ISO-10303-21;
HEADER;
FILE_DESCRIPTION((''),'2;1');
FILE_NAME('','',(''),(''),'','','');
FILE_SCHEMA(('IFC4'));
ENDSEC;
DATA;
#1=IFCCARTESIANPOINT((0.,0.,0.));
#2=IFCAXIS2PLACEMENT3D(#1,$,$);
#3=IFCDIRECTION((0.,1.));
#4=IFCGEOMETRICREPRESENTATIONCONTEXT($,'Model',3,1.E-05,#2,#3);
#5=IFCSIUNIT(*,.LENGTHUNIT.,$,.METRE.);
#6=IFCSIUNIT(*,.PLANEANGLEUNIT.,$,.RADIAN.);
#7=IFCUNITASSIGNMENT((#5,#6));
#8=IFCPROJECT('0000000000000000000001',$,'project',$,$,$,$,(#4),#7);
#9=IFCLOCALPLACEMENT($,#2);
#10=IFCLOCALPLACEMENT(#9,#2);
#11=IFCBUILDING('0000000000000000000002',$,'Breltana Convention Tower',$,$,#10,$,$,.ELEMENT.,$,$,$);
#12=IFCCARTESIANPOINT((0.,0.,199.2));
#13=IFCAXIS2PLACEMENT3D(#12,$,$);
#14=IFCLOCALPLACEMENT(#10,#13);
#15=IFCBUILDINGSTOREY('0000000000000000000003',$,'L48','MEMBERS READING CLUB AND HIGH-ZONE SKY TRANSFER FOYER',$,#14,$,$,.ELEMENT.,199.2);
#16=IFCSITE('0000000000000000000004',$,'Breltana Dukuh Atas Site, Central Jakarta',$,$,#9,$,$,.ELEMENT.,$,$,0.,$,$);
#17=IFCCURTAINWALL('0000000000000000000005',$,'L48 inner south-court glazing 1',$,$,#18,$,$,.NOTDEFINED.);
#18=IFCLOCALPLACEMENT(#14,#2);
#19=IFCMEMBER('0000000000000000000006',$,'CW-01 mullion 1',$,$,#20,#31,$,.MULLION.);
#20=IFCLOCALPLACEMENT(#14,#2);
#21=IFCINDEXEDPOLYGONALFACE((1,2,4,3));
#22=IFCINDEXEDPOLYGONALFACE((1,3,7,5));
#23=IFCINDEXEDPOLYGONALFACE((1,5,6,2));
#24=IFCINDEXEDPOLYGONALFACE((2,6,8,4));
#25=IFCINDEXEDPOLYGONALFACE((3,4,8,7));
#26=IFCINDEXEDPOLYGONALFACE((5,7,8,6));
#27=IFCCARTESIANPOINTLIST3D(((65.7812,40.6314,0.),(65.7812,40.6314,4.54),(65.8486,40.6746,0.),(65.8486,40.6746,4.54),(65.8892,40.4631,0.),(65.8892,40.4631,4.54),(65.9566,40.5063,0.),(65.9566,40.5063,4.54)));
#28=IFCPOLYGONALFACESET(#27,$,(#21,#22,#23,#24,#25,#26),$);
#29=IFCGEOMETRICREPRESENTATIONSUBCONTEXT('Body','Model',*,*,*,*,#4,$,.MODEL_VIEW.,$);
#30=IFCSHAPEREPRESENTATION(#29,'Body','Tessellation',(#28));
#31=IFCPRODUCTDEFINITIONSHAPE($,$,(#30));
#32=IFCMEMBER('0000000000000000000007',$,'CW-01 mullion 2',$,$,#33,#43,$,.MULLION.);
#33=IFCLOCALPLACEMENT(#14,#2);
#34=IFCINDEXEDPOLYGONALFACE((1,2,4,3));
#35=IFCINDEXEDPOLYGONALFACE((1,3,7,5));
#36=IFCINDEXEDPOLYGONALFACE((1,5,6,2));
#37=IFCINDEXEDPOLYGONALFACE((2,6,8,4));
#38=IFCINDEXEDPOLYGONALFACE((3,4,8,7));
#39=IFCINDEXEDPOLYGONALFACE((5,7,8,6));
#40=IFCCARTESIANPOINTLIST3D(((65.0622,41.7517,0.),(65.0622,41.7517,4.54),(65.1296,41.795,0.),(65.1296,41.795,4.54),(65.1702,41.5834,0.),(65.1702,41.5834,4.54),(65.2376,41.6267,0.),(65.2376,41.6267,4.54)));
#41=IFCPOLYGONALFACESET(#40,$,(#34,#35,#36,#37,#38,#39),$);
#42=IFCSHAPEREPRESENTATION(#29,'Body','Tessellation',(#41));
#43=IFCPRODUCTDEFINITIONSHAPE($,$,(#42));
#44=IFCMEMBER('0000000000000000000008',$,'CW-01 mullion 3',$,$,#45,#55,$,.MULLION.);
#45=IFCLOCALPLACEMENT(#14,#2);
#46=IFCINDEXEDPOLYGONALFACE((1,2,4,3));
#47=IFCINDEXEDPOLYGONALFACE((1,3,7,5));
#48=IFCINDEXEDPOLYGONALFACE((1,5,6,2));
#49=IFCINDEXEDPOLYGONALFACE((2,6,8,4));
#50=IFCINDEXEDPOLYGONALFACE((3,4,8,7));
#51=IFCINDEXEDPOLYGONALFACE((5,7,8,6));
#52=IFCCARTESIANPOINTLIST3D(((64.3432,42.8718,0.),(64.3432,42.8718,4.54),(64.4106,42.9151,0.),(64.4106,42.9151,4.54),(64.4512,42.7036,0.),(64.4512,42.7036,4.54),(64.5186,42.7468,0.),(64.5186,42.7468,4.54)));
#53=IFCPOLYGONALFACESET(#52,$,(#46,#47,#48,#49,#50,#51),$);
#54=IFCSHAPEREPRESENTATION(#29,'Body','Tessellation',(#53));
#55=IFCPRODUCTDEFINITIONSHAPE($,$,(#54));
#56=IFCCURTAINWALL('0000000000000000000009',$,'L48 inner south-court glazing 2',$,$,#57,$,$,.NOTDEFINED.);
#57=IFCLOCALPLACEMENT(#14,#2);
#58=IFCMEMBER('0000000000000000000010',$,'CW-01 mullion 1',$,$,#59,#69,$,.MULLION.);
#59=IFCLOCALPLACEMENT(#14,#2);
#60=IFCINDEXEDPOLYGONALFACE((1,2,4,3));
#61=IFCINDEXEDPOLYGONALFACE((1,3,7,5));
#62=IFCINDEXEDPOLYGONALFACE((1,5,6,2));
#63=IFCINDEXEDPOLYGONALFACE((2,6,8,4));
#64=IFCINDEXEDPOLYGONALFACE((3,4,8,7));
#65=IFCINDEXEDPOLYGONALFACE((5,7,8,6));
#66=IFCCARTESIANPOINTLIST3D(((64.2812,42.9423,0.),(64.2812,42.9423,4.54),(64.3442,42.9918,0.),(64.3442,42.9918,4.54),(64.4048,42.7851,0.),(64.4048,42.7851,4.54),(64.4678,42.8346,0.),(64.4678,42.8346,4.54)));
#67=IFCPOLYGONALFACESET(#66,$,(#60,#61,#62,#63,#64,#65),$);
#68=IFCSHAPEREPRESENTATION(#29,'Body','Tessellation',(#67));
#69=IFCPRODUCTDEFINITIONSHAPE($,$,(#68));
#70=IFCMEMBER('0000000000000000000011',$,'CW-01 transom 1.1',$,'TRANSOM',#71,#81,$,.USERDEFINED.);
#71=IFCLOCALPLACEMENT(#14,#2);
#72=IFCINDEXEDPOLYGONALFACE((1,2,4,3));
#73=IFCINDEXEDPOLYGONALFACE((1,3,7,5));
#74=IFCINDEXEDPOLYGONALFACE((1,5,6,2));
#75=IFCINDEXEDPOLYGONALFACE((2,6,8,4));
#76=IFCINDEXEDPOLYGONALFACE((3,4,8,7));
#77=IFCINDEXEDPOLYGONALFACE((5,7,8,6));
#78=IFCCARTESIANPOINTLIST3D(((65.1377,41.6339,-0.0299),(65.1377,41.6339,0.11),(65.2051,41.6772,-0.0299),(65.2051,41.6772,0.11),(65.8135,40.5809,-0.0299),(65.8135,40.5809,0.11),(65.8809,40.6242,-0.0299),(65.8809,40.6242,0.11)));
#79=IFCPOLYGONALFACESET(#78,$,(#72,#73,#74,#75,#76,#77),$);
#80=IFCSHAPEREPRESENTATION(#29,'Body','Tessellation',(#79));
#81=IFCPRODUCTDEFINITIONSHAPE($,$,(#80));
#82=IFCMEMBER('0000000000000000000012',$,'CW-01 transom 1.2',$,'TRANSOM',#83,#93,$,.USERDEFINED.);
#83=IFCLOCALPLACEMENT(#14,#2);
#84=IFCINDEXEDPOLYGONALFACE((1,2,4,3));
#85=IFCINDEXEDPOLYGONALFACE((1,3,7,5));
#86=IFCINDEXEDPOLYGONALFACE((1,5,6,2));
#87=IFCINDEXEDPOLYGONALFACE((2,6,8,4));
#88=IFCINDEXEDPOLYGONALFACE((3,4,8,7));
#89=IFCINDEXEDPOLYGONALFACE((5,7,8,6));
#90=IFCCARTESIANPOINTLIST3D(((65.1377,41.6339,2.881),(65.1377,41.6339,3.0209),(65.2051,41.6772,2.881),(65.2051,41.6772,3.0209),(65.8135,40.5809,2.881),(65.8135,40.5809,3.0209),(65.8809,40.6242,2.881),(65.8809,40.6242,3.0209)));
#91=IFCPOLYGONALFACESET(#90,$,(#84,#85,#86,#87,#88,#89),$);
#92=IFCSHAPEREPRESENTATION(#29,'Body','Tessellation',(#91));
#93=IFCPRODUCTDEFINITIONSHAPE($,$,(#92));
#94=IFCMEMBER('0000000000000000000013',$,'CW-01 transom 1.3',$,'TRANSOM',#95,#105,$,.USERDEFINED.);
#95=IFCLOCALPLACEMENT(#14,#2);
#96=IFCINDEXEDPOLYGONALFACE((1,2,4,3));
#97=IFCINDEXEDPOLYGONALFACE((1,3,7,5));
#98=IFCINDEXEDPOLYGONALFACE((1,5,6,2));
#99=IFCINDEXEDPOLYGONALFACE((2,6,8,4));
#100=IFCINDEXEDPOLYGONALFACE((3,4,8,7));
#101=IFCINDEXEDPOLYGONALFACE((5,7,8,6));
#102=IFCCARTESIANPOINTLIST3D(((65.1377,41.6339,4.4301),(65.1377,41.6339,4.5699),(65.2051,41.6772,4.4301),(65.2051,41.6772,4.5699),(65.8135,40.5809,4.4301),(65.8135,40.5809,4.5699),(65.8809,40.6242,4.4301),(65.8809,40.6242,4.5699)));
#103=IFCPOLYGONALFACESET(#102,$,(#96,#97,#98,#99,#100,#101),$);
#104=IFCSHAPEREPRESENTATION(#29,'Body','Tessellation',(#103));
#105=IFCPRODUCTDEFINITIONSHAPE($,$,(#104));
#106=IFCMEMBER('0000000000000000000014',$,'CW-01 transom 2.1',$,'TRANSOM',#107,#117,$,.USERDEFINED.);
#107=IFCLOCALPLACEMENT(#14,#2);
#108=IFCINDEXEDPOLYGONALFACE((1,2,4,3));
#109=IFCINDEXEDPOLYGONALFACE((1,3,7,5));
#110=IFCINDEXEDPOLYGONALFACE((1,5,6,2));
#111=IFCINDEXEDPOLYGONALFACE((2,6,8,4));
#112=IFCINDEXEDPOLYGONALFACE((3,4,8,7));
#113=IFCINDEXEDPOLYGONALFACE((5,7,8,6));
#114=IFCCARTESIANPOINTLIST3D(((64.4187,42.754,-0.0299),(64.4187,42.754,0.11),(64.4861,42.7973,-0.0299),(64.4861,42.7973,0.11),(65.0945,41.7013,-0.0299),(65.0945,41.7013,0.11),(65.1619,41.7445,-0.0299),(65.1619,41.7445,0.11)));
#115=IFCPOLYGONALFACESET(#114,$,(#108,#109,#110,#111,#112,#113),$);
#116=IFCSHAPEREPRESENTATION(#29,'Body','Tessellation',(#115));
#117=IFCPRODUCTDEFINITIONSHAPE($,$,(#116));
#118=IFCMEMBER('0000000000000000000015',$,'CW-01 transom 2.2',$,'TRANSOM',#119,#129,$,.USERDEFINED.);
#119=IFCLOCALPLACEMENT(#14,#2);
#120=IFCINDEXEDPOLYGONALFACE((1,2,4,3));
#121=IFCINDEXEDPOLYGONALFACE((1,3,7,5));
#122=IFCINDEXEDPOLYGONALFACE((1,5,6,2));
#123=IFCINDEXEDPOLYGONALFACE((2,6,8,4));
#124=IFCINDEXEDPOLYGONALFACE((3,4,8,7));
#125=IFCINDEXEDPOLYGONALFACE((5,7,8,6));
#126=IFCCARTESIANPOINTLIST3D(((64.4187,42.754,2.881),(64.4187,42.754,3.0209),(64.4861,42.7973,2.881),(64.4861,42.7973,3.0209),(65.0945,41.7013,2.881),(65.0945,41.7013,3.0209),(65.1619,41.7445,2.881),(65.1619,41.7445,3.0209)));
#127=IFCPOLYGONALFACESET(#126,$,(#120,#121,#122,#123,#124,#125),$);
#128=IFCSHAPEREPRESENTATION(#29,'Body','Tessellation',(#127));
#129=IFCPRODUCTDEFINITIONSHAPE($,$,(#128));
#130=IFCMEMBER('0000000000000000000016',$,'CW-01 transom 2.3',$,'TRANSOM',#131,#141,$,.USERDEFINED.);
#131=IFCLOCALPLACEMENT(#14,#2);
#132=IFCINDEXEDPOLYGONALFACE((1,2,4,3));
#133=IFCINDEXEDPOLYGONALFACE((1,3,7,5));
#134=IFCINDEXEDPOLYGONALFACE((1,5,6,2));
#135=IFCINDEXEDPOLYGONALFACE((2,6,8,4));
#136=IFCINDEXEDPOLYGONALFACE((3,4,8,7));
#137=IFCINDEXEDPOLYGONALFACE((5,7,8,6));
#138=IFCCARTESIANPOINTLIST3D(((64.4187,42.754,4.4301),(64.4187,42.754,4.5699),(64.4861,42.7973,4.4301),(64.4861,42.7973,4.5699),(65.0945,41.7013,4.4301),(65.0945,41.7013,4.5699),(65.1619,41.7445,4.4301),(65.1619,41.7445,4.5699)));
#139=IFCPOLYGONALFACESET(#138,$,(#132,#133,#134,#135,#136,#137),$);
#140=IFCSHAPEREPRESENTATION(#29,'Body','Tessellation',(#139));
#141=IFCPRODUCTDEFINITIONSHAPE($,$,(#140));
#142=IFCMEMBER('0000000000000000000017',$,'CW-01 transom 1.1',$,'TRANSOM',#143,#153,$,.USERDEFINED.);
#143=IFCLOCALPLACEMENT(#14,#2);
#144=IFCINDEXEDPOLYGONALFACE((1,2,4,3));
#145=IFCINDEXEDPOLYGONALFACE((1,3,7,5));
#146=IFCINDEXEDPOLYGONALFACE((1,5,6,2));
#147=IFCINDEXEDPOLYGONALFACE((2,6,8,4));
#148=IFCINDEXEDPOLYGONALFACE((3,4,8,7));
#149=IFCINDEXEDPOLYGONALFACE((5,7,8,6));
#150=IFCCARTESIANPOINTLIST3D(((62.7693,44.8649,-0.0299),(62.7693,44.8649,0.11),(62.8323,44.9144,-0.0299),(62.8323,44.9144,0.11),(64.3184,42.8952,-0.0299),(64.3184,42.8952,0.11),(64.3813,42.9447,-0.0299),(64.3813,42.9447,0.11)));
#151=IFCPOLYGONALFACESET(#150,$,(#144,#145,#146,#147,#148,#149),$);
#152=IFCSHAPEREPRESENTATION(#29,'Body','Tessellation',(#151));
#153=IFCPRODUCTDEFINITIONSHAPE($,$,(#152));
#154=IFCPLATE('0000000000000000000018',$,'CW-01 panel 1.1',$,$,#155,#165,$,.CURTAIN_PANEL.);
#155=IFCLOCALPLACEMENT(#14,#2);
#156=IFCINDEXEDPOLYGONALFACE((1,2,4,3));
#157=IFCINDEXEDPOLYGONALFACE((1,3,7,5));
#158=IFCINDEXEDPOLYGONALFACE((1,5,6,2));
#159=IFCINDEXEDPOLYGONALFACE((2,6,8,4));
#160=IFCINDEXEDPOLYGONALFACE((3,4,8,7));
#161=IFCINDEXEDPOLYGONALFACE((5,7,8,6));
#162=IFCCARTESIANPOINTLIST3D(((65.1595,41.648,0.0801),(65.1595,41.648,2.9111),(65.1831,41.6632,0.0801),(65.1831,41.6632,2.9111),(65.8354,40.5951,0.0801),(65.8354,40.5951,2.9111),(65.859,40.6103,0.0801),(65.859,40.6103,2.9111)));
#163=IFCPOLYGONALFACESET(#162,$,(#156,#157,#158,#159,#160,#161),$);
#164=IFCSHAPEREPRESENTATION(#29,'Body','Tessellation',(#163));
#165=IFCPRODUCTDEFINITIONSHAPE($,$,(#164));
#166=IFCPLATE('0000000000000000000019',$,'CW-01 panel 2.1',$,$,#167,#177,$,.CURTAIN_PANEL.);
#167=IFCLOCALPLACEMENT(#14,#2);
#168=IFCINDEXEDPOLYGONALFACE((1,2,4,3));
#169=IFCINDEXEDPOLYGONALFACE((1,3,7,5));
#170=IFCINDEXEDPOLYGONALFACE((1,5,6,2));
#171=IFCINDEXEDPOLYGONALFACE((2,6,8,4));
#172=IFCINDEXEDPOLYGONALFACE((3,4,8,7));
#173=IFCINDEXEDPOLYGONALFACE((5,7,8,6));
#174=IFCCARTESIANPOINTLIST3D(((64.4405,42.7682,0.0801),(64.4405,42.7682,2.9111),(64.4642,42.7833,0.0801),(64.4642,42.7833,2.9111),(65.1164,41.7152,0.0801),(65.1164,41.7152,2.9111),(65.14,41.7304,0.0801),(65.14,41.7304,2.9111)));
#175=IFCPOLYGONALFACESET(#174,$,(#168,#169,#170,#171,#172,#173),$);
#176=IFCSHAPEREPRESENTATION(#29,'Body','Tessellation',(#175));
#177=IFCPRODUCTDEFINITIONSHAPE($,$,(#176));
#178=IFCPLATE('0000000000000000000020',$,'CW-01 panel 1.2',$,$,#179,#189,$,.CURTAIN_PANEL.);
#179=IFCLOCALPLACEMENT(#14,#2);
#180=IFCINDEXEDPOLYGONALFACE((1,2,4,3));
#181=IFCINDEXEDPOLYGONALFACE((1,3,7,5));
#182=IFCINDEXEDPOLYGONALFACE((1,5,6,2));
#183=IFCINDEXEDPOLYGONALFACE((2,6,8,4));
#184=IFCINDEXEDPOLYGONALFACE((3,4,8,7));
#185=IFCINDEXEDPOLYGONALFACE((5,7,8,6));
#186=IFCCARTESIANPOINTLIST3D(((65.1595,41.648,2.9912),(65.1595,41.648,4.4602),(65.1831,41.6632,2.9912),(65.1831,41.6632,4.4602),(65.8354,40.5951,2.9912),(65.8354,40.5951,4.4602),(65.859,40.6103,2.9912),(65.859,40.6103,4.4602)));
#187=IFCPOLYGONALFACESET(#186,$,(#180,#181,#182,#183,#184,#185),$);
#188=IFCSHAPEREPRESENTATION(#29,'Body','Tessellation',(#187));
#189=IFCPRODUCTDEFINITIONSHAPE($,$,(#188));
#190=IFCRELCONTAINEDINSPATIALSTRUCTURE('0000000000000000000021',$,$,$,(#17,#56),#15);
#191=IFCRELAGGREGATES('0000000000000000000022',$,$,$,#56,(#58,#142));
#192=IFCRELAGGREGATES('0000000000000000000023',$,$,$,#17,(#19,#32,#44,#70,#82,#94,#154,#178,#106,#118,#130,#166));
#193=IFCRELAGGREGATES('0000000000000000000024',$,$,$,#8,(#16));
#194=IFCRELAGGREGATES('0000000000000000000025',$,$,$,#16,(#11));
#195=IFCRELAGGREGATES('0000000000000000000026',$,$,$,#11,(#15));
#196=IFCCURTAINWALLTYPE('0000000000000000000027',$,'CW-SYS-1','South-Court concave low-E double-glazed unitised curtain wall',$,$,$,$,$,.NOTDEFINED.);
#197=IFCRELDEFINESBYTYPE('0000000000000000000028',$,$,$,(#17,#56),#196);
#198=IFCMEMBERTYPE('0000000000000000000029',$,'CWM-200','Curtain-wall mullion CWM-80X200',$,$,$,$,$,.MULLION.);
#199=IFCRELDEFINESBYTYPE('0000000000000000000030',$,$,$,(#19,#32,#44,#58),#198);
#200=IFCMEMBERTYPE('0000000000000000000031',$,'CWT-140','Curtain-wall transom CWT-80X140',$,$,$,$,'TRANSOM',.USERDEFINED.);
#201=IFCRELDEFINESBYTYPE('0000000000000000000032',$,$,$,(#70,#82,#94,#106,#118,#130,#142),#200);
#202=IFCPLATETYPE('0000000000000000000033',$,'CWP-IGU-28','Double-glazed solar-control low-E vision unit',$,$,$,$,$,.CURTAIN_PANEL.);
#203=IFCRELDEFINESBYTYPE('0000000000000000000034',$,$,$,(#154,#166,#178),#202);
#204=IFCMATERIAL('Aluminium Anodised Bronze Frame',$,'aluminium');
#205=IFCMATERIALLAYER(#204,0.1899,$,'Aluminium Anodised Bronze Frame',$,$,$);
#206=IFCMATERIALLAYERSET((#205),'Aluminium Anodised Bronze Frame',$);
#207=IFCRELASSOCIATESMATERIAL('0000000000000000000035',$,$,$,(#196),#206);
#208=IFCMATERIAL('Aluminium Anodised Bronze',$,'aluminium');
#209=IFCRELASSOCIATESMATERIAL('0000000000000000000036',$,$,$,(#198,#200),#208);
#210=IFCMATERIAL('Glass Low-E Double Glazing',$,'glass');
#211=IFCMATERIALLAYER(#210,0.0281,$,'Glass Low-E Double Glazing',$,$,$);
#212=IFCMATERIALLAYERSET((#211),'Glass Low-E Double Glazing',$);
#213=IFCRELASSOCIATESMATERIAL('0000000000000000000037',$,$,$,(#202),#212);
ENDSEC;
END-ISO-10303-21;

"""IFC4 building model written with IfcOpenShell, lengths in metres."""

from ifc_helpers import new_model, si_unit, direction, frame, origin, origin_2d, place, context, subcontext, project, spatial, rectangle, extrude, source, transform, mapped, material, layer, layer_set, material_profile, profile_set, type_object, element, aggregate, save


model = new_model("IFC4")

# Units and contexts
model_context = context("Model", 3, precision=1e-05, world=origin(), true_north=direction((0.0, 1.0)))
body_context = subcontext(model_context, "Body", "Model", "MODEL_VIEW")
ifc_project = project(units=[si_unit("LENGTHUNIT", "METRE"), si_unit("PLANEANGLEUNIT", "RADIAN")], contexts=[model_context])

# Site, building, storey
site_placement = place(None, origin())
site = spatial("IfcSite", under=ifc_project, at=site_placement, Name="Breltana Dukuh Atas Site, Central Jakarta", CompositionType="ELEMENT", RefElevation=0.0)
building_placement = place(site_placement, origin())
building = spatial("IfcBuilding", under=site, at=building_placement, Name="Breltana Convention Tower", CompositionType="ELEMENT")
storey_placement = place(building_placement, frame((0.0, 0.0, 199.2)))
storey = spatial("IfcBuildingStorey", under=building, at=storey_placement, Name="L48", Description="MEMBERS READING CLUB AND HIGH-ZONE SKY TRANSFER FOYER", CompositionType="ELEMENT", Elevation=199.2)

# Curtain wall, members
ifc_material_1 = material(Name="Aluminium Anodised Bronze Frame", Category="aluminium")
ifc_layer_1 = layer(ifc_material_1, 0.1899, Name="Aluminium Anodised Bronze Frame")
ifc_layer_set_1 = layer_set([ifc_layer_1], Name="Aluminium Anodised Bronze Frame")
curtain_wall_type = type_object("IfcCurtainWallType", Name="CW-SYS-1", Description="South-Court concave low-E double-glazed unitised curtain wall", PredefinedType="NOTDEFINED", material=ifc_layer_set_1)
curtain_wall_1_placement = place(storey_placement, origin())
curtain_wall_1 = element("IfcCurtainWall", 1, at=curtain_wall_1_placement, inside=storey, type_object=curtain_wall_type, Name="L48 inner south-court glazing 1", PredefinedType="NOTDEFINED")
ifc_material_2 = material(Name="Aluminium Anodised Bronze", Category="aluminium")
ifc_material_profile_1 = material_profile(ifc_material_2, rectangle(XDim=0.0801, YDim=0.2, at=origin_2d()), Name="CWM-80X200")
ifc_profile_set_1 = profile_set([ifc_material_profile_1], Name="Aluminium Anodised Bronze")
member_type_1 = type_object("IfcMemberType", Name="CWM-200", Description="Curtain-wall mullion CWM-80X200", PredefinedType="MULLION", material=ifc_profile_set_1)
shared_shape_1 = source(origin(), body_context, "Body", "SweptSolid", [
    extrude(rectangle(XDim=0.0801, YDim=0.2, at=origin_2d()), origin(), (0.0, 0.0, 1.0), 4.54),
])
member_1_placement = place(storey_placement, frame((65.8689, 40.5688, 0.0), z_axis=(0.0, 0.0, 1.0), x_axis=(-0.841547, -0.540184, 0.0)))
member_1 = element("IfcMember", 2, at=member_1_placement, type_object=member_type_1, Name="CW-01 mullion 1", PredefinedType="MULLION", context=body_context, shape_type="MappedRepresentation", body=[
    mapped(shared_shape_1, transform((0.0, 0.0, 0.0), scale=1.0)),
])
member_2_placement = place(storey_placement, frame((65.1499, 41.6892, 0.0), z_axis=(0.0, 0.0, 1.0), x_axis=(-0.841547, -0.540184, 0.0)))
member_2 = element("IfcMember", 3, at=member_2_placement, type_object=member_type_1, Name="CW-01 mullion 2", PredefinedType="MULLION", context=body_context, shape_type="MappedRepresentation", body=[
    mapped(shared_shape_1, transform((0.0, 0.0, 0.0), scale=1.0)),
])
member_3_placement = place(storey_placement, frame((64.4309, 42.8093, 0.0), z_axis=(0.0, 0.0, 1.0), x_axis=(-0.841547, -0.540184, 0.0)))
member_3 = element("IfcMember", 4, at=member_3_placement, type_object=member_type_1, Name="CW-01 mullion 3", PredefinedType="MULLION", context=body_context, shape_type="MappedRepresentation", body=[
    mapped(shared_shape_1, transform((0.0, 0.0, 0.0), scale=1.0)),
])

# Curtain wall, member
curtain_wall_2_placement = place(storey_placement, origin())
curtain_wall_2 = element("IfcCurtainWall", 5, at=curtain_wall_2_placement, inside=storey, type_object=curtain_wall_type, Name="L48 inner south-court glazing 2", PredefinedType="NOTDEFINED")
member_4_placement = place(storey_placement, frame((64.3745, 42.8884, 0.0), z_axis=(0.0, 0.0, 1.0), x_axis=(-0.786061, -0.61815, 0.0)))
member_4 = element("IfcMember", 6, at=member_4_placement, type_object=member_type_1, Name="CW-01 mullion 1", PredefinedType="MULLION", context=body_context, shape_type="MappedRepresentation", body=[
    mapped(shared_shape_1, transform((0.0, 0.0, 0.0), scale=1.0)),
])

# Members
ifc_material_profile_2 = material_profile(ifc_material_2, rectangle(XDim=0.0801, YDim=0.1399, at=origin_2d()), Name="CWT-80X140")
ifc_profile_set_2 = profile_set([ifc_material_profile_2], Name="Aluminium Anodised Bronze")
member_type_2 = type_object("IfcMemberType", Name="CWT-140", Description="Curtain-wall transom CWT-80X140", ElementType="TRANSOM", PredefinedType="USERDEFINED", material=ifc_profile_set_2)
shared_shape_2 = source(origin(), body_context, "Body", "SweptSolid", [
    extrude(rectangle(XDim=0.0801, YDim=0.1399, at=origin_2d()), origin(), (0.0, 0.0, 1.0), 1.2512),
])
member_5_placement = place(storey_placement, frame((65.8472, 40.6025, 0.04), z_axis=(-0.540116, 0.84159, 0.0), x_axis=(-0.84159, -0.540116, 0.0)))
member_5 = element("IfcMember", 7, at=member_5_placement, type_object=member_type_2, Name="CW-01 transom 1.1", ObjectType="TRANSOM", PredefinedType="USERDEFINED", context=body_context, shape_type="MappedRepresentation", body=[
    mapped(shared_shape_2, transform((0.0, 0.0, 0.0), scale=1.0)),
])
member_6_placement = place(storey_placement, frame((65.8472, 40.6025, 2.9509), z_axis=(-0.540116, 0.84159, 0.0), x_axis=(-0.84159, -0.540116, 0.0)))
member_6 = element("IfcMember", 8, at=member_6_placement, type_object=member_type_2, Name="CW-01 transom 1.2", ObjectType="TRANSOM", PredefinedType="USERDEFINED", context=body_context, shape_type="MappedRepresentation", body=[
    mapped(shared_shape_2, transform((0.0, 0.0, 0.0), scale=1.0)),
])
member_7_placement = place(storey_placement, frame((65.8472, 40.6025, 4.5), z_axis=(-0.540116, 0.84159, 0.0), x_axis=(-0.84159, -0.540116, 0.0)))
member_7 = element("IfcMember", 9, at=member_7_placement, type_object=member_type_2, Name="CW-01 transom 1.3", ObjectType="TRANSOM", PredefinedType="USERDEFINED", context=body_context, shape_type="MappedRepresentation", body=[
    mapped(shared_shape_2, transform((0.0, 0.0, 0.0), scale=1.0)),
])
shared_shape_3 = source(origin(), body_context, "Body", "SweptSolid", [
    extrude(rectangle(XDim=0.0801, YDim=0.1399, at=origin_2d()), origin(), (0.0, 0.0, 1.0), 1.251),
])
member_8_placement = place(storey_placement, frame((65.1282, 41.7229, 0.04), z_axis=(-0.540205, 0.841533, 0.0), x_axis=(-0.841533, -0.540205, 0.0)))
member_8 = element("IfcMember", 10, at=member_8_placement, type_object=member_type_2, Name="CW-01 transom 2.1", ObjectType="TRANSOM", PredefinedType="USERDEFINED", context=body_context, shape_type="MappedRepresentation", body=[
    mapped(shared_shape_3, transform((0.0, 0.0, 0.0), scale=1.0)),
])
member_9_placement = place(storey_placement, frame((65.1282, 41.7229, 2.9509), z_axis=(-0.540205, 0.841533, 0.0), x_axis=(-0.841533, -0.540205, 0.0)))
member_9 = element("IfcMember", 11, at=member_9_placement, type_object=member_type_2, Name="CW-01 transom 2.2", ObjectType="TRANSOM", PredefinedType="USERDEFINED", context=body_context, shape_type="MappedRepresentation", body=[
    mapped(shared_shape_3, transform((0.0, 0.0, 0.0), scale=1.0)),
])
member_10_placement = place(storey_placement, frame((65.1282, 41.7229, 4.5), z_axis=(-0.540205, 0.841533, 0.0), x_axis=(-0.841533, -0.540205, 0.0)))
member_10 = element("IfcMember", 12, at=member_10_placement, type_object=member_type_2, Name="CW-01 transom 2.3", ObjectType="TRANSOM", PredefinedType="USERDEFINED", context=body_context, shape_type="MappedRepresentation", body=[
    mapped(shared_shape_3, transform((0.0, 0.0, 0.0), scale=1.0)),
])
shared_shape_4 = source(origin(), body_context, "Body", "SweptSolid", [
    extrude(rectangle(XDim=0.0801, YDim=0.1399, at=origin_2d()), origin(), (0.0, 0.0, 1.0), 2.5059),
])
member_11_placement = place(storey_placement, frame((64.3499, 42.9199, 0.04), z_axis=(-0.618174, 0.786041, 0.0), x_axis=(-0.786041, -0.618174, 0.0)))
member_11 = element("IfcMember", 13, at=member_11_placement, type_object=member_type_2, Name="CW-01 transom 1.1", ObjectType="TRANSOM", PredefinedType="USERDEFINED", context=body_context, shape_type="MappedRepresentation", body=[
    mapped(shared_shape_4, transform((0.0, 0.0, 0.0), scale=1.0)),
])
aggregate(curtain_wall_2, [member_4, member_11])

# Plates
ifc_material_3 = material(Name="Glass Low-E Double Glazing", Category="glass")
ifc_layer_2 = layer(ifc_material_3, 0.0281, Name="Glass Low-E Double Glazing")
ifc_layer_set_2 = layer_set([ifc_layer_2], Name="Glass Low-E Double Glazing")
plate_type = type_object("IfcPlateType", Name="CWP-IGU-28", Description="Double-glazed solar-control low-E vision unit", PredefinedType="CURTAIN_PANEL", material=ifc_layer_set_2)
shared_shape_5 = source(origin(), body_context, "Body", "SweptSolid", [
    extrude(rectangle(XDim=1.2512, YDim=0.0281, at=origin_2d()), origin(), (0.0, 0.0, 1.0), 2.8311),
])
plate_1_placement = place(storey_placement, frame((65.5093, 41.1292, 0.0801), z_axis=(0.0, 0.0, 1.0), x_axis=(-0.540184, 0.841547, 0.0)))
plate_1 = element("IfcPlate", 14, at=plate_1_placement, type_object=plate_type, Name="CW-01 panel 1.1", PredefinedType="CURTAIN_PANEL", context=body_context, shape_type="MappedRepresentation", body=[
    mapped(shared_shape_5, transform((0.0, 0.0, 0.0), scale=1.0)),
])
plate_2_placement = place(storey_placement, frame((64.7903, 42.2493, 0.0801), z_axis=(0.0, 0.0, 1.0), x_axis=(-0.540184, 0.841547, 0.0)))
plate_2 = element("IfcPlate", 15, at=plate_2_placement, type_object=plate_type, Name="CW-01 panel 2.1", PredefinedType="CURTAIN_PANEL", context=body_context, shape_type="MappedRepresentation", body=[
    mapped(shared_shape_5, transform((0.0, 0.0, 0.0), scale=1.0)),
])
shared_shape_6 = source(origin(), body_context, "Body", "SweptSolid", [
    extrude(rectangle(XDim=1.2512, YDim=0.0281, at=origin_2d()), origin(), (0.0, 0.0, 1.0), 1.469),
])
plate_3_placement = place(storey_placement, frame((65.5093, 41.1292, 2.9912), z_axis=(0.0, 0.0, 1.0), x_axis=(-0.540184, 0.841547, 0.0)))
plate_3 = element("IfcPlate", 16, at=plate_3_placement, type_object=plate_type, Name="CW-01 panel 1.2", PredefinedType="CURTAIN_PANEL", context=body_context, shape_type="MappedRepresentation", body=[
    mapped(shared_shape_6, transform((0.0, 0.0, 0.0), scale=1.0)),
])
aggregate(curtain_wall_1, [member_1, member_2, member_3, member_5, member_6, member_7, plate_1, plate_3, member_8, member_9, member_10, plate_2])

save(model, "model.ifc")
